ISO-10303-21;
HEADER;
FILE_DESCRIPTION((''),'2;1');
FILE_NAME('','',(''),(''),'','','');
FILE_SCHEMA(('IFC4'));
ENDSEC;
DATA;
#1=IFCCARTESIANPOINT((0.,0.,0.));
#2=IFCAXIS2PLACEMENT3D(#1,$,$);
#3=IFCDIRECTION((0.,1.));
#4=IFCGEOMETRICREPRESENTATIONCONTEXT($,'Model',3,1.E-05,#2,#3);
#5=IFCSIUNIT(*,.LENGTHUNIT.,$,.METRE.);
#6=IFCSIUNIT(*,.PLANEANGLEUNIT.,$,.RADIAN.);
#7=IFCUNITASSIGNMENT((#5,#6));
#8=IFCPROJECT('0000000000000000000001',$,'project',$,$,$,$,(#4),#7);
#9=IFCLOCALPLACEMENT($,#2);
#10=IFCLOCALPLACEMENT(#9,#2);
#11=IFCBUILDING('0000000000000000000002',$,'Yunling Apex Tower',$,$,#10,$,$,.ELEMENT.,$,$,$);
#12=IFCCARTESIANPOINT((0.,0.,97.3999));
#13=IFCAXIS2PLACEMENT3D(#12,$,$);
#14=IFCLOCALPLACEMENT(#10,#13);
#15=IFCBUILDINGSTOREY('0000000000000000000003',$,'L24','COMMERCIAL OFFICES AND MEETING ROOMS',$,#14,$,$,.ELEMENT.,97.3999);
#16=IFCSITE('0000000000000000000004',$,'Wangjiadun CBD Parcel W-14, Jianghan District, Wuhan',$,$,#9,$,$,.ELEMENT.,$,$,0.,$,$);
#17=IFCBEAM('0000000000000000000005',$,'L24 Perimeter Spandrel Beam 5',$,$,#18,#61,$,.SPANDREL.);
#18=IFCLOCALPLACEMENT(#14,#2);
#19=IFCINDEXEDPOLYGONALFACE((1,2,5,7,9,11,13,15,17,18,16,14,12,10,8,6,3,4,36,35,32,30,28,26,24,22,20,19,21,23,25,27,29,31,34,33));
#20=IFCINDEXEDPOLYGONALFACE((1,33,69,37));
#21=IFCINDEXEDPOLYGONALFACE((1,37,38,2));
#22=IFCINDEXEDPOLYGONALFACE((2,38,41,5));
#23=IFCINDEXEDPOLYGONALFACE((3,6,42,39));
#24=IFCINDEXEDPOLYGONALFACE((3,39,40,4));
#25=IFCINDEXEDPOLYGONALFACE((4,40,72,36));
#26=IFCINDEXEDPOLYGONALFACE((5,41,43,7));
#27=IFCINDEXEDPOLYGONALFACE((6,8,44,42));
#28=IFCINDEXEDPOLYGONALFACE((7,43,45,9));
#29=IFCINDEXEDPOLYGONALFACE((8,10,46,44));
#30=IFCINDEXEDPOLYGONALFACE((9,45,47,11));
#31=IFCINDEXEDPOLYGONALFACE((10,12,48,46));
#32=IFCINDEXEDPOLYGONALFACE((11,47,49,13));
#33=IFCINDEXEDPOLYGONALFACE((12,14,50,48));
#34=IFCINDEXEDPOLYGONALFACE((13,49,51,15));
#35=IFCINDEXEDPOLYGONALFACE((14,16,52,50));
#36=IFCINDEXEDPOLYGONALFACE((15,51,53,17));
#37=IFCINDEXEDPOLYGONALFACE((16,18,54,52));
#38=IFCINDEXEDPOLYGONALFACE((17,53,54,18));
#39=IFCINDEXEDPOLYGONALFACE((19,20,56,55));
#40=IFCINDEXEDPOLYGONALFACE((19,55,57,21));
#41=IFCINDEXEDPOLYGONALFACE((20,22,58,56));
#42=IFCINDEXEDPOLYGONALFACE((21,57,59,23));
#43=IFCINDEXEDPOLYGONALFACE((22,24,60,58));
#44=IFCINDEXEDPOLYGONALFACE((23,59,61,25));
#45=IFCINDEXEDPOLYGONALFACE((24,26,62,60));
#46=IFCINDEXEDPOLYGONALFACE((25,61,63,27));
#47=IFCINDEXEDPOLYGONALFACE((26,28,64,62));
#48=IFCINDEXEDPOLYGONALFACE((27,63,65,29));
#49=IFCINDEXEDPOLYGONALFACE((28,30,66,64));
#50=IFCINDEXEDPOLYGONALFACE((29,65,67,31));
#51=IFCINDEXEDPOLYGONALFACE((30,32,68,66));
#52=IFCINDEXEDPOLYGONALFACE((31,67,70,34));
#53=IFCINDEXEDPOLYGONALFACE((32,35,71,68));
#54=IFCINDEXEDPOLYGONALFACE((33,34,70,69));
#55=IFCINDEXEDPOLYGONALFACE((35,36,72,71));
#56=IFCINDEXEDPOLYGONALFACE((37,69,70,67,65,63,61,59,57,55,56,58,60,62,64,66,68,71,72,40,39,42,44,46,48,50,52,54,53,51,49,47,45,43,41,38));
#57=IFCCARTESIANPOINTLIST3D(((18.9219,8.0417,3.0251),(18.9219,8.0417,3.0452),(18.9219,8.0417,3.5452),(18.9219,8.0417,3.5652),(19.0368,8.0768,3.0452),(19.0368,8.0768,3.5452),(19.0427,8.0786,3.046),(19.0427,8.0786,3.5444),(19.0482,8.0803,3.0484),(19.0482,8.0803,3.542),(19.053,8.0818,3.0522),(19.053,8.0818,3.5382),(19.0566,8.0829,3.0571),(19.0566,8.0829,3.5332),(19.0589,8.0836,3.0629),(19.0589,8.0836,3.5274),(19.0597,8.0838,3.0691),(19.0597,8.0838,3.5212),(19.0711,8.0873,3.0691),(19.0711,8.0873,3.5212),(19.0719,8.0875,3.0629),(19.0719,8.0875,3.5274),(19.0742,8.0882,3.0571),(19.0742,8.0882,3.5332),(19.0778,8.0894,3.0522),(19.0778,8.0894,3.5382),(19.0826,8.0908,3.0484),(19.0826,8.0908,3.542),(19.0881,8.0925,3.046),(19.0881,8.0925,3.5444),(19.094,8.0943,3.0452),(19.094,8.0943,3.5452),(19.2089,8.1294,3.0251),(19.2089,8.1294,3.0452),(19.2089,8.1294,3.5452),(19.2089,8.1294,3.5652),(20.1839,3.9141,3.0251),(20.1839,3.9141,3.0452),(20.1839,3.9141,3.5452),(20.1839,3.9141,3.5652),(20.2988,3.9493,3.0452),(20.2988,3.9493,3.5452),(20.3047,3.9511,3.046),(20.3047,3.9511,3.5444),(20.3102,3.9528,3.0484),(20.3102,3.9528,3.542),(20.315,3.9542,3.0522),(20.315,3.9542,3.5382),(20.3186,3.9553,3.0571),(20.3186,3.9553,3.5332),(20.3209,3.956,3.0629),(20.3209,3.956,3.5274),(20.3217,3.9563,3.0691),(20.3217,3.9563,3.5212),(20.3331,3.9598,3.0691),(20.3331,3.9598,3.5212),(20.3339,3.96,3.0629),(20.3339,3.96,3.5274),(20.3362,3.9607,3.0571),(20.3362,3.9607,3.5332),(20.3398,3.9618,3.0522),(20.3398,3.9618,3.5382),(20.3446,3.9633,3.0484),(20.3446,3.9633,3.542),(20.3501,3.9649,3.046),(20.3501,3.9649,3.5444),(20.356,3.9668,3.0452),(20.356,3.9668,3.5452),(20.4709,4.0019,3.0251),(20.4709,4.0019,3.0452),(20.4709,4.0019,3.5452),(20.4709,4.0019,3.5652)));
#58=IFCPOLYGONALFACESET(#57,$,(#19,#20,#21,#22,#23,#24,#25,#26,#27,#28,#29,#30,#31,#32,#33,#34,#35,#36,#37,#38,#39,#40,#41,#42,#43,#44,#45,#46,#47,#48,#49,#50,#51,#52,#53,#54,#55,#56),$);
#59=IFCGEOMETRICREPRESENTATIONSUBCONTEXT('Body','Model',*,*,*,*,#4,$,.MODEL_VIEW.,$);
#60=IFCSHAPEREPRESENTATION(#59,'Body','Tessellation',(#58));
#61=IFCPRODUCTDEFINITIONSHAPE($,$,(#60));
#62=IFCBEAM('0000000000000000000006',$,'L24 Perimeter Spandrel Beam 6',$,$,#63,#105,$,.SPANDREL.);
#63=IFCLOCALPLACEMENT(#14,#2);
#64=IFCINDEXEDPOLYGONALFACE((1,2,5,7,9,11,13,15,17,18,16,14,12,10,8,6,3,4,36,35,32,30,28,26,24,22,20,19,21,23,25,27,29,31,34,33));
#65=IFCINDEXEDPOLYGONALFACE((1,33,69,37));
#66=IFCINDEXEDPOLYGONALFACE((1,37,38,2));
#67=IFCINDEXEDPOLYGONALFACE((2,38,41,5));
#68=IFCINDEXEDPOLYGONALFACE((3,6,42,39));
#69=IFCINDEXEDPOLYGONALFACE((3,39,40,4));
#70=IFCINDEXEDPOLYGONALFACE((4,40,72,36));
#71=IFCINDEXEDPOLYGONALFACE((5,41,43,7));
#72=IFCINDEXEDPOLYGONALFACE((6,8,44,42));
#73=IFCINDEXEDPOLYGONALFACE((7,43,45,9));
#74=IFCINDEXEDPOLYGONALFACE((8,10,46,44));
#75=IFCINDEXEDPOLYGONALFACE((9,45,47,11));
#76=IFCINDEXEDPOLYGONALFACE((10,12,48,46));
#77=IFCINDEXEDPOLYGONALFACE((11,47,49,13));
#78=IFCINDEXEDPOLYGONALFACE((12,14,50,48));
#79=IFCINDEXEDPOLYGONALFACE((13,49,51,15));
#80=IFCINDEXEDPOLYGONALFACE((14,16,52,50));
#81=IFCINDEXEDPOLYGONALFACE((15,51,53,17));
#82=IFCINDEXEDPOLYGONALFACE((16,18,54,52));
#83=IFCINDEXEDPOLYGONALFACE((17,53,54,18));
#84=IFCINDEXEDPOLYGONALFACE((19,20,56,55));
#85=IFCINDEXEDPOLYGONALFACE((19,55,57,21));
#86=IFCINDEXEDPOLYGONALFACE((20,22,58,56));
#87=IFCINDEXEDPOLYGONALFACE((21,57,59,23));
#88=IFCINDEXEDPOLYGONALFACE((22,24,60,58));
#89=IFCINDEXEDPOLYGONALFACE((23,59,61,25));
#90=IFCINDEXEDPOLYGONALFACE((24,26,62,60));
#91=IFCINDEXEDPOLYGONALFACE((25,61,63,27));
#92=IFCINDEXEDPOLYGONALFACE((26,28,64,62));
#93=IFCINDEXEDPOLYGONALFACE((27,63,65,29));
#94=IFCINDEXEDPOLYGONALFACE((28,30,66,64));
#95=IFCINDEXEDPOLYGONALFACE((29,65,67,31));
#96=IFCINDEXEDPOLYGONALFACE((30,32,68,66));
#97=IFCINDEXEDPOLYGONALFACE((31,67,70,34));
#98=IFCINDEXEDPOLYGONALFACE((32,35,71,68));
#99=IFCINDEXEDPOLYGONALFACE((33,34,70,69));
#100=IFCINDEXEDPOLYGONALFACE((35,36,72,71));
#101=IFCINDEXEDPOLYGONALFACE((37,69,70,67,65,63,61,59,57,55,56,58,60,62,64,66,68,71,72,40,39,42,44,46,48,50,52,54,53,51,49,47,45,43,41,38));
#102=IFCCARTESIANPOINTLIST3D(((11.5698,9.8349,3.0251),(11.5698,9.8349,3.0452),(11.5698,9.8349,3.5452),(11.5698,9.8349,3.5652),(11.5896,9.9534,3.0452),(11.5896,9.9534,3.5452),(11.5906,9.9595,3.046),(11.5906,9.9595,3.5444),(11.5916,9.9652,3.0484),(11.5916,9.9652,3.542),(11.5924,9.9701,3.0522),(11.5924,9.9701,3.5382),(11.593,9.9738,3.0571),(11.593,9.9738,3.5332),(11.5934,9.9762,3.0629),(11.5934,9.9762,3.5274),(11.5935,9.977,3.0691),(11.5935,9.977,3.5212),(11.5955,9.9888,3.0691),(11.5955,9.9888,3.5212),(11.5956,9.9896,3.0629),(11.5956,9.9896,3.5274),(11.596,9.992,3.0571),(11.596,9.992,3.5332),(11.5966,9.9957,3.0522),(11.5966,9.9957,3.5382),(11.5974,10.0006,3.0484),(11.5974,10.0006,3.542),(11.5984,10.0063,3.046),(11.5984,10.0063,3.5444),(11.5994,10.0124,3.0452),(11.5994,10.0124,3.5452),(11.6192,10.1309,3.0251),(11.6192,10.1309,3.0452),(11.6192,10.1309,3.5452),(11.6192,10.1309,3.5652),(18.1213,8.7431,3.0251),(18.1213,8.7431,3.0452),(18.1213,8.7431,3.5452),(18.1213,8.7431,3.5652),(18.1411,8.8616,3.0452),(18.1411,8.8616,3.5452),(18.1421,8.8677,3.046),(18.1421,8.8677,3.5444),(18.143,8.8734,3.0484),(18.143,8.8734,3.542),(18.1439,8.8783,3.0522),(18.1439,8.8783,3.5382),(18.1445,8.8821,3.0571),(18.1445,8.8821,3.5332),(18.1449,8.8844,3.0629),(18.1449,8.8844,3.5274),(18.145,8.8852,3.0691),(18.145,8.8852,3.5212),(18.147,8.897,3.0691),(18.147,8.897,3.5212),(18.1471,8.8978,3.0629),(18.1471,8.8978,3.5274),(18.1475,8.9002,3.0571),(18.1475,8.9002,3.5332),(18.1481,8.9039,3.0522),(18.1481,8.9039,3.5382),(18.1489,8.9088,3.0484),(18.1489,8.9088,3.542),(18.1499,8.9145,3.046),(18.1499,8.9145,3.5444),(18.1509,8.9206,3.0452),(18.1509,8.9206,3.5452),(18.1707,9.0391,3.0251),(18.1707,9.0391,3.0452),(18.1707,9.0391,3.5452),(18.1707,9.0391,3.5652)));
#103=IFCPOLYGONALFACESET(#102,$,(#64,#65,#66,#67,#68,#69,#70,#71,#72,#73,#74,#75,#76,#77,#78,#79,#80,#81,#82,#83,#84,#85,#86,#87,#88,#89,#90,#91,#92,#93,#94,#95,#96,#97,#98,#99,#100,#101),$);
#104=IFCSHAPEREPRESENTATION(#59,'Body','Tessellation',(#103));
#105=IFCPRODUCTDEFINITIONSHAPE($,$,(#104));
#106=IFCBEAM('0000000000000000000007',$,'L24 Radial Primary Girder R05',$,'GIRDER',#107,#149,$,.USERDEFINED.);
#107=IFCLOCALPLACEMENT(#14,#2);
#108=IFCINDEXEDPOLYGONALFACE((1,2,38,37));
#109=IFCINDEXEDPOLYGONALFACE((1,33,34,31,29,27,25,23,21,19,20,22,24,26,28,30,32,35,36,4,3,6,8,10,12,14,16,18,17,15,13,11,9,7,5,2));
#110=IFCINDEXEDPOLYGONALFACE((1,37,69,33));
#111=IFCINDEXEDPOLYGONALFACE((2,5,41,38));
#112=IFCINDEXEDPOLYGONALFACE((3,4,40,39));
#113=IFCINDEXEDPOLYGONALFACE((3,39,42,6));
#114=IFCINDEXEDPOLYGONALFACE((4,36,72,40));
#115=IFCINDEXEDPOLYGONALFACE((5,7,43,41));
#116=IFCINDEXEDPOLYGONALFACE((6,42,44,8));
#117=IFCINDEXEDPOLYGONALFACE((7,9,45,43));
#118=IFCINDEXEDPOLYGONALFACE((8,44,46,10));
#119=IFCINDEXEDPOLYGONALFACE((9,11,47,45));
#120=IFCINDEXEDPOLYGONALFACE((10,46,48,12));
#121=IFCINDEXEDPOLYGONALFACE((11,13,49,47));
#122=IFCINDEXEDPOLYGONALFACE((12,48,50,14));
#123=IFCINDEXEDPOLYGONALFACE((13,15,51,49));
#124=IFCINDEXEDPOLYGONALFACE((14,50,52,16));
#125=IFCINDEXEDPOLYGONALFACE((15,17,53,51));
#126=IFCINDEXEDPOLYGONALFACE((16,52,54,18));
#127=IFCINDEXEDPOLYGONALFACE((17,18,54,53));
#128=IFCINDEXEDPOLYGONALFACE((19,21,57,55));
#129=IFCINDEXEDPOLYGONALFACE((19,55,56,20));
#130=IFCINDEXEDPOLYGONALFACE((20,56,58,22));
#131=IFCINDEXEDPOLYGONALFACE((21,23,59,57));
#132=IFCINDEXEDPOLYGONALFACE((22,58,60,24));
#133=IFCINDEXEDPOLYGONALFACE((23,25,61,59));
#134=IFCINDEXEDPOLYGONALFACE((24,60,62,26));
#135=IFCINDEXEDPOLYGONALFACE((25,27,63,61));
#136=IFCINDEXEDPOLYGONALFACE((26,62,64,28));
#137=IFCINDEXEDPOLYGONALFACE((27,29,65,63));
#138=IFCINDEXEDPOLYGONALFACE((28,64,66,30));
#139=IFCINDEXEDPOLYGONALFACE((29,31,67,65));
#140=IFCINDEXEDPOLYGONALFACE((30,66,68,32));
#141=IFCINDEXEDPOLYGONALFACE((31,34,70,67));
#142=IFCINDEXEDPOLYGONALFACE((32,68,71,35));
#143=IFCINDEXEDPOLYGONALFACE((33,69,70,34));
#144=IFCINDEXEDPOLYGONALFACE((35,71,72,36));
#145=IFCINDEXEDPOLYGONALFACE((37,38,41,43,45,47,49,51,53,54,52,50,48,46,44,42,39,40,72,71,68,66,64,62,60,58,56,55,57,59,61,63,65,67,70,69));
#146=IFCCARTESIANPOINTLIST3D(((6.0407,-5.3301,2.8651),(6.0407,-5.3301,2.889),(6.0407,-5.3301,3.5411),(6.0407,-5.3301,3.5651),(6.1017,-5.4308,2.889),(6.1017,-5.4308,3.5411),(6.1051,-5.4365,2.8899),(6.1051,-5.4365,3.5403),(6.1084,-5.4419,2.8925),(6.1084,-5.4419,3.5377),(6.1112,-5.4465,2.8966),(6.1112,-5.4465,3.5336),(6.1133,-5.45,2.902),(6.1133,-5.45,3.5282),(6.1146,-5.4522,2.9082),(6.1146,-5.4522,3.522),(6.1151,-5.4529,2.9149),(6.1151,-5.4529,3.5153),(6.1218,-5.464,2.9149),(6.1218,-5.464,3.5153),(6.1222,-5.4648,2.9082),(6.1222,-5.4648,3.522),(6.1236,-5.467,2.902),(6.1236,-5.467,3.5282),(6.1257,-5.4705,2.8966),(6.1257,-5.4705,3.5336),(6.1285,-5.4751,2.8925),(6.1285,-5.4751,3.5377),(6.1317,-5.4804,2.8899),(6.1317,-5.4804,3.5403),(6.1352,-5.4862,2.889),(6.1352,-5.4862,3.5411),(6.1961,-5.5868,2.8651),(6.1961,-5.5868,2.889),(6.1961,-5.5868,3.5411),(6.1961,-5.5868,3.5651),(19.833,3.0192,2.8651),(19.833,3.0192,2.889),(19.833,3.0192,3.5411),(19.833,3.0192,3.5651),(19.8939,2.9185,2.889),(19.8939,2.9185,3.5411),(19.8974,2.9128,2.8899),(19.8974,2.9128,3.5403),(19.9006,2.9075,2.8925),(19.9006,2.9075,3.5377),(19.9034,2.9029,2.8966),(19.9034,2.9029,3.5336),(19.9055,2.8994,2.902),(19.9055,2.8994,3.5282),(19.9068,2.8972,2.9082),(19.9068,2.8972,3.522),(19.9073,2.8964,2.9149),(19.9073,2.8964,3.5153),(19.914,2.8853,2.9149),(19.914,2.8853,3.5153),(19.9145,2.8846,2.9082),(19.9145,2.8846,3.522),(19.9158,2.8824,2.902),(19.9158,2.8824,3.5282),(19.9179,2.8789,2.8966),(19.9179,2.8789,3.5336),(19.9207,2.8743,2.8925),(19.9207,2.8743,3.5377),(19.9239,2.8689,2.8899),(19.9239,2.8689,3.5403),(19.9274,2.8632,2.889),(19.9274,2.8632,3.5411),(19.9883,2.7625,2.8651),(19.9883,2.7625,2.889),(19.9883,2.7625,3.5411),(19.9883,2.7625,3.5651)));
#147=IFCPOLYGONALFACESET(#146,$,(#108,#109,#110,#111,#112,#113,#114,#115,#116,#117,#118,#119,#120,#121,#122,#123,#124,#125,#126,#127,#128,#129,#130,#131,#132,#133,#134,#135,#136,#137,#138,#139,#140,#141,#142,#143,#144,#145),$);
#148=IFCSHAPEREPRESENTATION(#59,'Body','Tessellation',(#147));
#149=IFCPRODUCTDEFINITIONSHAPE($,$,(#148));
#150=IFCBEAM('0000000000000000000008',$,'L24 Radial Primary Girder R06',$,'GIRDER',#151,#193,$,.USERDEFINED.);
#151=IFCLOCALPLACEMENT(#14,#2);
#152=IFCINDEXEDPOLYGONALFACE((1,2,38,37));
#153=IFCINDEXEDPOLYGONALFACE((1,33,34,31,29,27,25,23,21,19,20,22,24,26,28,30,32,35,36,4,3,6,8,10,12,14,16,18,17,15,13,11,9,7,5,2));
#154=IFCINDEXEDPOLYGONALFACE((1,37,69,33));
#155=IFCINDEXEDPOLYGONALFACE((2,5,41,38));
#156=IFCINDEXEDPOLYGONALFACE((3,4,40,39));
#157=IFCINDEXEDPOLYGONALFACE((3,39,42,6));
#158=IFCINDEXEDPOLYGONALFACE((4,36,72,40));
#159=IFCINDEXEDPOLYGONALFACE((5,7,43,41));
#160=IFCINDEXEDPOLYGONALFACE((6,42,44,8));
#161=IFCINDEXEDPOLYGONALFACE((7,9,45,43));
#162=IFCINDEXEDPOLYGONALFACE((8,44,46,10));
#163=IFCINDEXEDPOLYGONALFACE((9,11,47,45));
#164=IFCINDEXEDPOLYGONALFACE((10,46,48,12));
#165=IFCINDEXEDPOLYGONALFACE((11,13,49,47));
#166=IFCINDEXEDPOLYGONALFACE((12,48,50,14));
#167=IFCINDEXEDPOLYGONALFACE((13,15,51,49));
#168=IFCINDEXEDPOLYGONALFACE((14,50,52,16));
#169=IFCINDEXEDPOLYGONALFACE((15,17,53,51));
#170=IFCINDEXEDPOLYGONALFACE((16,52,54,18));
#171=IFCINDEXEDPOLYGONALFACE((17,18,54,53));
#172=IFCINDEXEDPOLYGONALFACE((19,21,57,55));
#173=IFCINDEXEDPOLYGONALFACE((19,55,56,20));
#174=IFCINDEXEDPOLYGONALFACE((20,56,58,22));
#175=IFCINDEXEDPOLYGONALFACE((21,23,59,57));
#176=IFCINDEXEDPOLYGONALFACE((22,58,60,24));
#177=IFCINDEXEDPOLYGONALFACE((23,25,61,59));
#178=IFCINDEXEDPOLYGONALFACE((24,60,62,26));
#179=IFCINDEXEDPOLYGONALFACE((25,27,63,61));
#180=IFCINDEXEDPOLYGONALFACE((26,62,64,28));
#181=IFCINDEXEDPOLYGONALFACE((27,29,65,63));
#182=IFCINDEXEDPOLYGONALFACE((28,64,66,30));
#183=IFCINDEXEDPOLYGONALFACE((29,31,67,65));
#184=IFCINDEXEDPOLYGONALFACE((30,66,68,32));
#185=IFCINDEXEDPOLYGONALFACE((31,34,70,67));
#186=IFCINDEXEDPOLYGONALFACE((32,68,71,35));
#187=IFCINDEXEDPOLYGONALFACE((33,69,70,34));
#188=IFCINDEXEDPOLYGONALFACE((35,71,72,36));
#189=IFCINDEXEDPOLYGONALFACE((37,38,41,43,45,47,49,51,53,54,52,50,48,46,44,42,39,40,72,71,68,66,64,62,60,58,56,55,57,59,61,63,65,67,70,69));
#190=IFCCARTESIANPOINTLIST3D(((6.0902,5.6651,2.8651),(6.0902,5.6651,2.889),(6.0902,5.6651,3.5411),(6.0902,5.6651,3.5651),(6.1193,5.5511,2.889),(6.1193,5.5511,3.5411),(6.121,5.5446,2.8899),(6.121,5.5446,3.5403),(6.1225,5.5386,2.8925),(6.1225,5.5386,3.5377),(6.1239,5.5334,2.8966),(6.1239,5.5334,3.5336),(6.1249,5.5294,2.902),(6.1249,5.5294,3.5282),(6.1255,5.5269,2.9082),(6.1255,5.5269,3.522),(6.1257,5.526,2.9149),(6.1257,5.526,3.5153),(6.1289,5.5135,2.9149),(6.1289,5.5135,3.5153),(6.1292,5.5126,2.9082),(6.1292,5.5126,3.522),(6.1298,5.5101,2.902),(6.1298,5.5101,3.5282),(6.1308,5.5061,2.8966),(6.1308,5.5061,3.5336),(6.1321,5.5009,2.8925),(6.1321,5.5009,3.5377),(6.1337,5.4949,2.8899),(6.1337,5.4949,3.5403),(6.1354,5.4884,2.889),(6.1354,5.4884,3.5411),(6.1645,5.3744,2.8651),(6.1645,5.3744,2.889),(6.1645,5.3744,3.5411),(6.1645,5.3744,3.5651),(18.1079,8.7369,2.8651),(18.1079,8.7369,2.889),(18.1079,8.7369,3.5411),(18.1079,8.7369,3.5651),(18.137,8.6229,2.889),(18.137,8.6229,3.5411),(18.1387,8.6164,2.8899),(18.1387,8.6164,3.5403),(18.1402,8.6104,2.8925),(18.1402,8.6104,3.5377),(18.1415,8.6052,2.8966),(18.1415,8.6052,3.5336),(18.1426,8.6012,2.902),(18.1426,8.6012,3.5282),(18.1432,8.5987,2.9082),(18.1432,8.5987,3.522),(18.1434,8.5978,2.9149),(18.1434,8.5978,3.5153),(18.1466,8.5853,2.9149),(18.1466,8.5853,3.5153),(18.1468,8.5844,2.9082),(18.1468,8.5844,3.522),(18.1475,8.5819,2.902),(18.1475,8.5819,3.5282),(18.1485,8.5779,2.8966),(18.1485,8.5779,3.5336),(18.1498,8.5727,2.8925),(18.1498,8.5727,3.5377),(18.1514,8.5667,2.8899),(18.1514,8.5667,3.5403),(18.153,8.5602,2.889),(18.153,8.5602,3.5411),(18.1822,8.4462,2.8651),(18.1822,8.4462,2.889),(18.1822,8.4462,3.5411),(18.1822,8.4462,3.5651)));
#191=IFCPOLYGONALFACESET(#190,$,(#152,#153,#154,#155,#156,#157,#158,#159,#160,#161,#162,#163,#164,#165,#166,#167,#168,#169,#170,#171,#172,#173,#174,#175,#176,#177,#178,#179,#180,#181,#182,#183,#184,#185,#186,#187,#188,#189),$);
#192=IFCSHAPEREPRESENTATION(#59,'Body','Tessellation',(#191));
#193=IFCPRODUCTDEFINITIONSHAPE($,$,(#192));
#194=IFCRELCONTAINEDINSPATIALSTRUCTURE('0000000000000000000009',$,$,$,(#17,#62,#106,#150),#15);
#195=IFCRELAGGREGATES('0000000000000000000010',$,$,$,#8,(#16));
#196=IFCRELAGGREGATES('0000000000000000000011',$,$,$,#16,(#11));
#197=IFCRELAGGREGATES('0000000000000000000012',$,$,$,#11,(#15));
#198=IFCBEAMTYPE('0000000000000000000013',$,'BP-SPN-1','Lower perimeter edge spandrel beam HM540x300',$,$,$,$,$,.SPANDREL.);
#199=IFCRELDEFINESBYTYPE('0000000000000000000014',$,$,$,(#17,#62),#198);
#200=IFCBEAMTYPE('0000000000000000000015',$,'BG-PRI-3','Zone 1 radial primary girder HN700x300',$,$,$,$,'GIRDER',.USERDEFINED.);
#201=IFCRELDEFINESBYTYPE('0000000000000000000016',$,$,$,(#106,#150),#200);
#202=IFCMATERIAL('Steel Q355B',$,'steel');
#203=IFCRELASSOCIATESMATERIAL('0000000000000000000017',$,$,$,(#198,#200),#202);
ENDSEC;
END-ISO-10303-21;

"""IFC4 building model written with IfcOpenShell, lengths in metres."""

from ifc_helpers import new_model, si_unit, direction, frame, origin, origin_2d, place, context, subcontext, project, spatial, i_section, extrude, source, transform, mapped, material, material_profile, profile_set, type_object, element, save


model = new_model("IFC4")

# Units and contexts
model_context = context("Model", 3, precision=1e-05, world=origin(), true_north=direction((0.0, 1.0)))
body_context = subcontext(model_context, "Body", "Model", "MODEL_VIEW")
ifc_project = project(units=[si_unit("LENGTHUNIT", "METRE"), si_unit("PLANEANGLEUNIT", "RADIAN")], contexts=[model_context])

# Site, building, storey
site_placement = place(None, origin())
site = spatial("IfcSite", under=ifc_project, at=site_placement, Name="Wangjiadun CBD Parcel W-14, Jianghan District, Wuhan", CompositionType="ELEMENT", RefElevation=0.0)
building_placement = place(site_placement, origin())
building = spatial("IfcBuilding", under=site, at=building_placement, Name="Yunling Apex Tower", CompositionType="ELEMENT")
storey_placement = place(building_placement, frame((0.0, 0.0, 97.3999)))
storey = spatial("IfcBuildingStorey", under=building, at=storey_placement, Name="L24", Description="COMMERCIAL OFFICES AND MEETING ROOMS", CompositionType="ELEMENT", Elevation=97.3999)

# Beams
ifc_material_1 = material(Name="Steel Q355B", Category="steel")
ifc_material_profile_1 = material_profile(ifc_material_1, i_section(OverallWidth=0.3, OverallDepth=0.54, WebThickness=0.012, FlangeThickness=0.02, FilletRadius=0.0239, at=origin_2d()))
ifc_profile_set_1 = profile_set([ifc_material_profile_1], Name="Steel Q355B")
beam_type_1 = type_object("IfcBeamType", Name="BP-SPN-1", Description="Lower perimeter edge spandrel beam HM540x300", PredefinedType="SPANDREL", material=ifc_profile_set_1)
shared_shape_1 = source(origin(), body_context, "Body", "SweptSolid", [
    extrude(i_section(OverallWidth=0.3, OverallDepth=0.54, WebThickness=0.012, FlangeThickness=0.02, FilletRadius=0.0239, at=origin_2d()), origin(), (0.0, 0.0, 1.0), 4.3162),
])
beam_1_placement = place(storey_placement, frame((20.3274, 3.958, 3.2952), z_axis=(-0.292388, 0.9563, 0.0), x_axis=(-0.9563, -0.292388, 0.0)))
element("IfcBeam", 1, at=beam_1_placement, inside=storey, type_object=beam_type_1, Name="L24 Perimeter Spandrel Beam 5", PredefinedType="SPANDREL", context=body_context, shape_type="MappedRepresentation", body=[
    mapped(shared_shape_1, transform((0.0, 0.0, 0.0), scale=1.0)),
])
shared_shape_2 = source(origin(), body_context, "Body", "SweptSolid", [
    extrude(i_section(OverallWidth=0.3, OverallDepth=0.54, WebThickness=0.012, FlangeThickness=0.02, FilletRadius=0.0239, at=origin_2d()), origin(), (0.0, 0.0, 1.0), 6.6418),
])
beam_2_placement = place(storey_placement, frame((18.146, 8.8911, 3.2952), z_axis=(-0.986397, 0.164381, 0.0), x_axis=(-0.164381, -0.986397, 0.0)))
element("IfcBeam", 2, at=beam_2_placement, inside=storey, type_object=beam_type_1, Name="L24 Perimeter Spandrel Beam 6", PredefinedType="SPANDREL", context=body_context, shape_type="MappedRepresentation", body=[
    mapped(shared_shape_2, transform((0.0, 0.0, 0.0), scale=1.0)),
])
ifc_material_profile_2 = material_profile(ifc_material_1, i_section(OverallWidth=0.3, OverallDepth=0.7, WebThickness=0.0129, FlangeThickness=0.0239, FilletRadius=0.0259, at=origin_2d()))
ifc_profile_set_2 = profile_set([ifc_material_profile_2], Name="Steel Q355B")
beam_type_2 = type_object("IfcBeamType", Name="BG-PRI-3", Description="Zone 1 radial primary girder HN700x300", ElementType="GIRDER", PredefinedType="USERDEFINED", material=ifc_profile_set_2)
shared_shape_3 = source(origin(), body_context, "Body", "SweptSolid", [
    extrude(i_section(OverallWidth=0.3, OverallDepth=0.7, WebThickness=0.0129, FlangeThickness=0.0239, FilletRadius=0.0259, at=origin_2d()), origin(), (0.0, 0.0, 1.0), 16.1226),
])
beam_3_placement = place(storey_placement, frame((19.9106, 2.8909, 3.2151), z_axis=(-0.855461, -0.517868, 0.0), x_axis=(0.517868, -0.855461, 0.0)))
element("IfcBeam", 3, at=beam_3_placement, inside=storey, type_object=beam_type_2, Name="L24 Radial Primary Girder R05", ObjectType="GIRDER", PredefinedType="USERDEFINED", context=body_context, shape_type="MappedRepresentation", body=[
    mapped(shared_shape_3, transform((0.0, 0.0, 0.0), scale=1.0)),
])
shared_shape_4 = source(origin(), body_context, "Body", "SweptSolid", [
    extrude(i_section(OverallWidth=0.3, OverallDepth=0.7, WebThickness=0.0129, FlangeThickness=0.0239, FilletRadius=0.0259, at=origin_2d()), origin(), (0.0, 0.0, 1.0), 12.4041),
])
beam_4_placement = place(storey_placement, frame((18.145, 8.5916, 3.2151), z_axis=(-0.968851, -0.247645, 0.0), x_axis=(0.247645, -0.968851, 0.0)))
element("IfcBeam", 4, at=beam_4_placement, inside=storey, type_object=beam_type_2, Name="L24 Radial Primary Girder R06", ObjectType="GIRDER", PredefinedType="USERDEFINED", context=body_context, shape_type="MappedRepresentation", body=[
    mapped(shared_shape_4, transform((0.0, 0.0, 0.0), scale=1.0)),
])

save(model, "model.ifc")
